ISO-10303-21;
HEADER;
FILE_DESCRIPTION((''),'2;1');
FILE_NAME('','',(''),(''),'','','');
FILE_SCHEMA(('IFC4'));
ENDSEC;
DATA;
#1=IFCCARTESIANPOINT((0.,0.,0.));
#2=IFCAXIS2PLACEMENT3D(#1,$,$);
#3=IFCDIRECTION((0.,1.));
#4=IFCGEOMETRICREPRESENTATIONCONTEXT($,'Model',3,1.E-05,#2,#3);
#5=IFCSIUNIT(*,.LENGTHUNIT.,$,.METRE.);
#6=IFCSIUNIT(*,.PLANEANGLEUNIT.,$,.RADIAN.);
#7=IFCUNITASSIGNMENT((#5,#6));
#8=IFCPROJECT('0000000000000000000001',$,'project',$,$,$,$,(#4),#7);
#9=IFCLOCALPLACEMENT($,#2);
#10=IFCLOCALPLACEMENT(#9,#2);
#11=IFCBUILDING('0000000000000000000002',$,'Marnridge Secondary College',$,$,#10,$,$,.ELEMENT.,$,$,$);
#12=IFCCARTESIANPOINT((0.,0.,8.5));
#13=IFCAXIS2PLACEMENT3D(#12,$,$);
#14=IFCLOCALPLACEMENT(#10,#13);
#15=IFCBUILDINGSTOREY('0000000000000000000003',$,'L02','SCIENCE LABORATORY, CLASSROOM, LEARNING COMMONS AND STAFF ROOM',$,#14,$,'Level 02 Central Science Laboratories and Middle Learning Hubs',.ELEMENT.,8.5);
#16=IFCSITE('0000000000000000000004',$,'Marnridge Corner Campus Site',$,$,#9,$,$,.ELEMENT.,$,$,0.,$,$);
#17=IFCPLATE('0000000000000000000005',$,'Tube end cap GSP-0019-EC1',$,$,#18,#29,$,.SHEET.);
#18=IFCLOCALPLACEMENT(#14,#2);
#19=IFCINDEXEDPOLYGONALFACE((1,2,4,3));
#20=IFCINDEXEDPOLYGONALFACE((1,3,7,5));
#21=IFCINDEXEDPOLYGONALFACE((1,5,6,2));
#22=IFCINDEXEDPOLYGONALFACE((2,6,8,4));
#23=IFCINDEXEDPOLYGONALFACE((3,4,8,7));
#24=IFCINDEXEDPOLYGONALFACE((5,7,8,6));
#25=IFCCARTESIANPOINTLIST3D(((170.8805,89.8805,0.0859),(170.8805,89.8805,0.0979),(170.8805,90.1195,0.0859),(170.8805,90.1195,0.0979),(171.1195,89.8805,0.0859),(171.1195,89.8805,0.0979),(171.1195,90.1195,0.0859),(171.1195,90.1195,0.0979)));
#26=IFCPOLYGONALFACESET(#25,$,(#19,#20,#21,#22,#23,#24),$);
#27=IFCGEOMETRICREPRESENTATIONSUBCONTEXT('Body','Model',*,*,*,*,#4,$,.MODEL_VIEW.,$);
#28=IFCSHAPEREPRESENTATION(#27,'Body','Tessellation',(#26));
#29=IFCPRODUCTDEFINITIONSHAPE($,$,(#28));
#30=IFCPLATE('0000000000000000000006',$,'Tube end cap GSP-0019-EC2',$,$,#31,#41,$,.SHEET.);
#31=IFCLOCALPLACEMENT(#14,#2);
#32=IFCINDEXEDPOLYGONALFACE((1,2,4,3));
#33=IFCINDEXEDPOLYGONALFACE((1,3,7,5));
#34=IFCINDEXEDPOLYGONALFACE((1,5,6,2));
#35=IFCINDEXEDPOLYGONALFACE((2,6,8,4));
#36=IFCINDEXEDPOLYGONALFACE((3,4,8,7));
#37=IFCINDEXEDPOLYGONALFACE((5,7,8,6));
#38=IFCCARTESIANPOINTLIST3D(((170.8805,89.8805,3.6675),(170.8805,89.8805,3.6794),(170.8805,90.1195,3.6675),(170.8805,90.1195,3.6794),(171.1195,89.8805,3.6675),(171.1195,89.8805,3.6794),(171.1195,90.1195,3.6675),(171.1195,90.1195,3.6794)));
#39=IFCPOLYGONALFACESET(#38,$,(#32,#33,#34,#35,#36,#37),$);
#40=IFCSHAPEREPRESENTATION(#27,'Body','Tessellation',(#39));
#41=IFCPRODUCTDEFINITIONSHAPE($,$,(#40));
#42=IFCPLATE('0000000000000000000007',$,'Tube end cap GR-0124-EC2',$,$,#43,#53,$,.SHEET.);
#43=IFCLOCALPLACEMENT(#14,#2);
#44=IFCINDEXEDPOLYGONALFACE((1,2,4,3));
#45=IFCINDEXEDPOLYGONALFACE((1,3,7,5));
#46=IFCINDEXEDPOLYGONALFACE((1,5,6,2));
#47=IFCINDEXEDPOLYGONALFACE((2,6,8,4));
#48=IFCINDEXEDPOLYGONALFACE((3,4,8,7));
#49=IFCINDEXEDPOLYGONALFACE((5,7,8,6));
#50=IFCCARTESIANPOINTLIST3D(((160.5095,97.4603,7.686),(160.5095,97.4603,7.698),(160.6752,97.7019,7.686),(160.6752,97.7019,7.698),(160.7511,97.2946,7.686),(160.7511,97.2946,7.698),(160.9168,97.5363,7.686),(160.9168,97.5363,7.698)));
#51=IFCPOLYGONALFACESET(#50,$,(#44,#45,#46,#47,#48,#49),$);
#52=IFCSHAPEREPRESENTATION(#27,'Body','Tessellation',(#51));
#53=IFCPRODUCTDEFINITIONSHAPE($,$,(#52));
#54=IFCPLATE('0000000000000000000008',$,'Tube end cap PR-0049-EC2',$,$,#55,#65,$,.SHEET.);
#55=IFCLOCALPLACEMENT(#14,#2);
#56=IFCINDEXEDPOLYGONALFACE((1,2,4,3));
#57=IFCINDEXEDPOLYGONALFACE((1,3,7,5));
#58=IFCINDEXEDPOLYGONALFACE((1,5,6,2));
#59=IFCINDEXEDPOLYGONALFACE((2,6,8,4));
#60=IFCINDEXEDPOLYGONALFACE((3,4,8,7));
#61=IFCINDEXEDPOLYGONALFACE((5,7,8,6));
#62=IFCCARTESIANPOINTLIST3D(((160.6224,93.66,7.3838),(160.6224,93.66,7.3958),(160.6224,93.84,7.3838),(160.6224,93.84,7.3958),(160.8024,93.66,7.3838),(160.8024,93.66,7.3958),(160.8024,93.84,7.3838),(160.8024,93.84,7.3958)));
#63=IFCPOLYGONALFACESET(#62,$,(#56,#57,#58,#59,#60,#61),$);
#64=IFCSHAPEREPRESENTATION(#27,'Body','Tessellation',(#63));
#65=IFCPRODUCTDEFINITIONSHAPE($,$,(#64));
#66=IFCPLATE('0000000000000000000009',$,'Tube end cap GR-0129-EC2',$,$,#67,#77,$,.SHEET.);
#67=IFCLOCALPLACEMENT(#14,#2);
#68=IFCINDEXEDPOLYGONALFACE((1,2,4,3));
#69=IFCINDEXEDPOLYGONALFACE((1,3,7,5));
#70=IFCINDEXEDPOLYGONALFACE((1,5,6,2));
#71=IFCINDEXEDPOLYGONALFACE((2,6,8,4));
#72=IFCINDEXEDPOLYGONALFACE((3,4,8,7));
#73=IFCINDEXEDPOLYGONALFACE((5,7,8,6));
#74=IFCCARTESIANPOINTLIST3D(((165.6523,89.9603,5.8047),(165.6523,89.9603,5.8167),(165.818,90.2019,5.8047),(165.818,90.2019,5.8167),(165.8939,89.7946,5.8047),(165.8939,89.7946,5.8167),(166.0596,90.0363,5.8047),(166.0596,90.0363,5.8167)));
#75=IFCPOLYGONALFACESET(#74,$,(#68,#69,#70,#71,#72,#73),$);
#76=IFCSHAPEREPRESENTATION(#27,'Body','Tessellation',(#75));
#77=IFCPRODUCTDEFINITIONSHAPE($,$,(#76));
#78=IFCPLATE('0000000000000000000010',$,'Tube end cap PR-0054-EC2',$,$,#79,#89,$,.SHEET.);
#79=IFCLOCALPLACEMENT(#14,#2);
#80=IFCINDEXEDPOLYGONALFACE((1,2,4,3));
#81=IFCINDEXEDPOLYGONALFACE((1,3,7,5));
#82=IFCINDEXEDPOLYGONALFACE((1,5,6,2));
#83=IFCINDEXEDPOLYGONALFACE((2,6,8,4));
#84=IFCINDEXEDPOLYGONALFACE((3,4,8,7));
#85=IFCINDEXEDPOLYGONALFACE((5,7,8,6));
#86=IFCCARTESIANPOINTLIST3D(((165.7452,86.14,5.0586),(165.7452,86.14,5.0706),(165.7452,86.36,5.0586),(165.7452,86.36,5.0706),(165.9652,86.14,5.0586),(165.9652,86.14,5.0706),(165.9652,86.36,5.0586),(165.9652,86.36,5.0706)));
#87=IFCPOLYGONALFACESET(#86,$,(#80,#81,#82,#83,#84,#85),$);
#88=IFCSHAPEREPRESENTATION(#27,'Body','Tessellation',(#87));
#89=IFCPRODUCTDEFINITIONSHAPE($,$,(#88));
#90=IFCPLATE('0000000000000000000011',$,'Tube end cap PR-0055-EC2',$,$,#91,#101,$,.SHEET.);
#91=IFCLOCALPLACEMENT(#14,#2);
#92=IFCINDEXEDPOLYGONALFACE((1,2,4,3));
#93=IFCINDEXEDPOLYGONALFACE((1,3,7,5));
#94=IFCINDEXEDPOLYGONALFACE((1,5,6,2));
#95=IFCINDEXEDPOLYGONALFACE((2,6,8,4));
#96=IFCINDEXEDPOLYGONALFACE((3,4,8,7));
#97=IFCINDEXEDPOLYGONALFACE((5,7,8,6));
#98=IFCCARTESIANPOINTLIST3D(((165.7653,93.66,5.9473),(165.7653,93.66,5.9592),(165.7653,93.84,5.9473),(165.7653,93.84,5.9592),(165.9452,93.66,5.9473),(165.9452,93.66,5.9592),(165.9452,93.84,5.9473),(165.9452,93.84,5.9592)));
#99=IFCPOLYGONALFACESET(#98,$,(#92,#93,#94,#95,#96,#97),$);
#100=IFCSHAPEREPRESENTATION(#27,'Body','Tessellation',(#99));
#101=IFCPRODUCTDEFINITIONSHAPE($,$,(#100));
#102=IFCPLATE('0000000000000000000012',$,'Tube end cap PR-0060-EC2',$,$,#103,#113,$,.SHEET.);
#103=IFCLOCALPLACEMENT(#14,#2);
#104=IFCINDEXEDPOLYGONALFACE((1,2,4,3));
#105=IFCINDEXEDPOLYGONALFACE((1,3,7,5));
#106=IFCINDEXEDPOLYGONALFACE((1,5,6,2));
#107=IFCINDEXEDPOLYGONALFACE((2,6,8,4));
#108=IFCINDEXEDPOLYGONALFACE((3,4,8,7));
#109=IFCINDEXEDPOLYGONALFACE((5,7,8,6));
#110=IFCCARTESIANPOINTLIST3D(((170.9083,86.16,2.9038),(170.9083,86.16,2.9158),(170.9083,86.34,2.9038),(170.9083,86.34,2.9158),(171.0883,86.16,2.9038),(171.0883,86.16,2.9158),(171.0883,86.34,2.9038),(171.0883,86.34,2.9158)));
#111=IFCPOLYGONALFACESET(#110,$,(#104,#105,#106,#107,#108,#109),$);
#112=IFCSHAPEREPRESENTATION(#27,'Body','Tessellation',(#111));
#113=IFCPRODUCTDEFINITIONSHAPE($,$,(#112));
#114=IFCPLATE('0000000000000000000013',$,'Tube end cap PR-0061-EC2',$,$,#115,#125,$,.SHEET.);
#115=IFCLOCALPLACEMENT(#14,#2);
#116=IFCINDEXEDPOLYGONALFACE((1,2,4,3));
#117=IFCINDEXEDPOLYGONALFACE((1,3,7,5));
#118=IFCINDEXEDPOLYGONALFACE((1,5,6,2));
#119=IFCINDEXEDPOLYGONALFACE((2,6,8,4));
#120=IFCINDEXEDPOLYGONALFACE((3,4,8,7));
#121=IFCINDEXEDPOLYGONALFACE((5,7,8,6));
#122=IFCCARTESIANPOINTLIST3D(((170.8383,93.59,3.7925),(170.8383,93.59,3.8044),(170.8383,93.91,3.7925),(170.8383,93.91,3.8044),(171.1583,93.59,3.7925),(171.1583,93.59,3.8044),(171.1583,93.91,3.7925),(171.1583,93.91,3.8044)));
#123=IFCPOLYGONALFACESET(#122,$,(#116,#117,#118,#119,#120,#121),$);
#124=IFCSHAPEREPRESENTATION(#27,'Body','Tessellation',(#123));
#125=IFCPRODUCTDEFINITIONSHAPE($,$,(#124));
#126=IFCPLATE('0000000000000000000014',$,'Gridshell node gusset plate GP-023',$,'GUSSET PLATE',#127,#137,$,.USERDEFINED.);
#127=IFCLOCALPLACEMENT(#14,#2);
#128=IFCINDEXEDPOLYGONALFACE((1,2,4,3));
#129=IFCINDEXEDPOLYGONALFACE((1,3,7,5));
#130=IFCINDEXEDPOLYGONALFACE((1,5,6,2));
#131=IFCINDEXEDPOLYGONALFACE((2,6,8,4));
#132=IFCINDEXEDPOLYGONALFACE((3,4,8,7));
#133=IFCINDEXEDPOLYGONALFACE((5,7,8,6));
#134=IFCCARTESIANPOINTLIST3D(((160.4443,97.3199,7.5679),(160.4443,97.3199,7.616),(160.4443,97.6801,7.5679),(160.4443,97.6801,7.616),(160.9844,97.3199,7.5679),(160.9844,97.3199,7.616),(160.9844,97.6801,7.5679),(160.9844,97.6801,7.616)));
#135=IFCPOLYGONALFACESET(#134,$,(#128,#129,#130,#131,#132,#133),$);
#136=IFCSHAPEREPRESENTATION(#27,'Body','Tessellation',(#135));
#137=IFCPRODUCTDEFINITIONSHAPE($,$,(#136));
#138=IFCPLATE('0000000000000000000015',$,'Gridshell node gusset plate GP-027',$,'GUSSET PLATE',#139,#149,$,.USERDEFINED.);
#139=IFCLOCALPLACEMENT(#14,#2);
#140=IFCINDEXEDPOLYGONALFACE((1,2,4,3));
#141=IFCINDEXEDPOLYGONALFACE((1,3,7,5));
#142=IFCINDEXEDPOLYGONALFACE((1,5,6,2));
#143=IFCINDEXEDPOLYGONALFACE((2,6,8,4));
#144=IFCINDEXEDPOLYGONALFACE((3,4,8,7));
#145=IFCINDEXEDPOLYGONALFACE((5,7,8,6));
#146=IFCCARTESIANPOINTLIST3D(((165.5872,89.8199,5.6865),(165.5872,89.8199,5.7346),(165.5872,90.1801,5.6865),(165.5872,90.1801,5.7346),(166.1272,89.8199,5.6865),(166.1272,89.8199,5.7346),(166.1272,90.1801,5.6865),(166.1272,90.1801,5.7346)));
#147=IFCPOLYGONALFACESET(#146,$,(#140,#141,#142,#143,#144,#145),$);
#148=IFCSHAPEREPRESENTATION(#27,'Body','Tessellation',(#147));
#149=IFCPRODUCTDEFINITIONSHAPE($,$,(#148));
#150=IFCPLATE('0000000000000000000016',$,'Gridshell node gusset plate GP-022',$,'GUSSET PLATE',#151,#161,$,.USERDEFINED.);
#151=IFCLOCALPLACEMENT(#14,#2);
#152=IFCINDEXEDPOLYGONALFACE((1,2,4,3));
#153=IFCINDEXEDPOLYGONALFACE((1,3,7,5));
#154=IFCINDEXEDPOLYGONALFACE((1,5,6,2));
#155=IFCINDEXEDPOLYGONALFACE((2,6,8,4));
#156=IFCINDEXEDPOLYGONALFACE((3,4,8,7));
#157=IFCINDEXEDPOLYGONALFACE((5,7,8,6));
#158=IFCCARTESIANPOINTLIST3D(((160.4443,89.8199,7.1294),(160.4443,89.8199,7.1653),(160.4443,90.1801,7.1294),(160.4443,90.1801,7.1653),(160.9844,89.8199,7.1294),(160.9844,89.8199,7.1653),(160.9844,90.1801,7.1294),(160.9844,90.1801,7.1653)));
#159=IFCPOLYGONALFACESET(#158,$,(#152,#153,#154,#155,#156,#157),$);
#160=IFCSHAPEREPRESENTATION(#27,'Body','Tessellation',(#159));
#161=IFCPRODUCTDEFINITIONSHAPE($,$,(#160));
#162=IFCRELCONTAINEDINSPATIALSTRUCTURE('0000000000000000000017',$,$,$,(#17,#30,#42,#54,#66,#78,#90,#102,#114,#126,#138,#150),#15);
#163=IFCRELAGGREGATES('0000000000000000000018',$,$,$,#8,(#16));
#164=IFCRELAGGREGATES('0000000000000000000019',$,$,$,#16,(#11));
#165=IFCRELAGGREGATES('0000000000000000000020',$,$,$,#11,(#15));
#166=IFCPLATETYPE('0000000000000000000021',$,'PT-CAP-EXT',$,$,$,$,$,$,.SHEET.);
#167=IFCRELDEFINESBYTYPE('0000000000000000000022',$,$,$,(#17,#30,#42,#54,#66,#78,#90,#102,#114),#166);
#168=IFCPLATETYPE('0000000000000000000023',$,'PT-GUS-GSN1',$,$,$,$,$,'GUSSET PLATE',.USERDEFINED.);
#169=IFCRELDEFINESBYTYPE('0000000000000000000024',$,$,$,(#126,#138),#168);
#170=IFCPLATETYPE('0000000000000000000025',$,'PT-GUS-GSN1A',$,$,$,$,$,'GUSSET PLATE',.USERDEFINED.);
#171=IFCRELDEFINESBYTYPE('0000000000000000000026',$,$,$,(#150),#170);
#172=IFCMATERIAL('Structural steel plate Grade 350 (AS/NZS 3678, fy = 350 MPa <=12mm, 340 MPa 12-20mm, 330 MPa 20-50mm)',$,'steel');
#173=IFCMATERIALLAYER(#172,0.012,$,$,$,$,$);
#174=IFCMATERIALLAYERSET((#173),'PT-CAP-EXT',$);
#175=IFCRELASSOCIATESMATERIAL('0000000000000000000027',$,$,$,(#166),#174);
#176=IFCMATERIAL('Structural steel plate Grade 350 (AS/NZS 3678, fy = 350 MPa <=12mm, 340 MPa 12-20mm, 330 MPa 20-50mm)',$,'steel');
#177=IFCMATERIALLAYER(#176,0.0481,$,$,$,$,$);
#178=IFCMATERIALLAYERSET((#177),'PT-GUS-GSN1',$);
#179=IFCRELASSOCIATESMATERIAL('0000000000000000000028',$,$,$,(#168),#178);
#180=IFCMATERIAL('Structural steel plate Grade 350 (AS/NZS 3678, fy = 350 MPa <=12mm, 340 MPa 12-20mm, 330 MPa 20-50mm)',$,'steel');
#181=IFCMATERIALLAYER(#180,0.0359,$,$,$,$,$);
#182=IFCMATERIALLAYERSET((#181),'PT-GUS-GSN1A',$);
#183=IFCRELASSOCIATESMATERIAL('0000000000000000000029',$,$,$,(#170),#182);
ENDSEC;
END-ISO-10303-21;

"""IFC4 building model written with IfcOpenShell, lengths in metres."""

from ifc_helpers import new_model, si_unit, direction, frame, origin, origin_2d, place, context, subcontext, project, spatial, rectangle, extrude, material, layer, layer_set, type_object, element, save


model = new_model("IFC4")

# Units and contexts
model_context = context("Model", 3, precision=1e-05, world=origin(), true_north=direction((0.0, 1.0)))
body_context = subcontext(model_context, "Body", "Model", "MODEL_VIEW")
ifc_project = project(units=[si_unit("LENGTHUNIT", "METRE"), si_unit("PLANEANGLEUNIT", "RADIAN")], contexts=[model_context])

# Site, building, storey
site_placement = place(None, origin())
site = spatial("IfcSite", under=ifc_project, at=site_placement, Name="Marnridge Corner Campus Site", CompositionType="ELEMENT", RefElevation=0.0)
building_placement = place(site_placement, origin())
building = spatial("IfcBuilding", under=site, at=building_placement, Name="Marnridge Secondary College", CompositionType="ELEMENT")
storey_placement = place(building_placement, frame((0.0, 0.0, 8.5)))
storey = spatial("IfcBuildingStorey", under=building, at=storey_placement, Name="L02", Description="SCIENCE LABORATORY, CLASSROOM, LEARNING COMMONS AND STAFF ROOM", LongName="Level 02 Central Science Laboratories and Middle Learning Hubs", CompositionType="ELEMENT", Elevation=8.5)

# Plates
ifc_material_1 = material(Name="Structural steel plate Grade 350 (AS/NZS 3678, fy = 350 MPa <=12mm, 340 MPa 12-20mm, 330 MPa 20-50mm)", Category="steel")
ifc_layer_1 = layer(ifc_material_1, 0.012)
ifc_layer_set_1 = layer_set([ifc_layer_1], Name="PT-CAP-EXT")
plate_type_1 = type_object("IfcPlateType", Name="PT-CAP-EXT", PredefinedType="SHEET", material=ifc_layer_set_1)
for number, where, z_axis, x_axis, name in (
    (1, (171.0, 90.0, 0.0859), (0.0, 0.0, 1.0), (1.0, 0.0, 0.0), "Tube end cap GSP-0019-EC1"),
    (2, (171.0, 90.0, 3.6675), (0.0, 0.0, 1.0), (1.0, 0.0, 0.0), "Tube end cap GSP-0019-EC2"),
):
    element("IfcPlate", number, at=place(storey_placement, frame(where, z_axis=z_axis, x_axis=x_axis)), inside=storey, type_object=plate_type_1, Name=name, PredefinedType="SHEET", context=body_context, shape_type="SweptSolid", body=[
        extrude(rectangle(XDim=0.239, YDim=0.239, at=origin_2d()), origin(), (0.0, 0.0, 1.0), 0.012),
    ])
plate_1_placement = place(storey_placement, frame((160.7131, 97.4983, 7.686), z_axis=(0.0, 0.0, 1.0), x_axis=(0.565543, 0.824719, 0.0)))
element("IfcPlate", 3, at=plate_1_placement, inside=storey, type_object=plate_type_1, Name="Tube end cap GR-0124-EC2", PredefinedType="SHEET", context=body_context, shape_type="SweptSolid", body=[
    extrude(rectangle(XDim=0.293, YDim=0.293, at=origin_2d()), origin(), (0.0, 0.0, 1.0), 0.012),
])
plate_2_placement = place(storey_placement, frame((160.7124, 93.75, 7.3838), z_axis=(0.0, 0.0, 1.0), x_axis=(1.0, 0.0, 0.0)))
element("IfcPlate", 4, at=plate_2_placement, inside=storey, type_object=plate_type_1, Name="Tube end cap PR-0049-EC2", PredefinedType="SHEET", context=body_context, shape_type="SweptSolid", body=[
    extrude(rectangle(XDim=0.1799, YDim=0.1799, at=origin_2d()), origin(), (0.0, 0.0, 1.0), 0.012),
])
plate_3_placement = place(storey_placement, frame((165.856, 89.9983, 5.8047), z_axis=(0.0, 0.0, 1.0), x_axis=(0.565543, 0.824719, 0.0)))
element("IfcPlate", 5, at=plate_3_placement, inside=storey, type_object=plate_type_1, Name="Tube end cap GR-0129-EC2", PredefinedType="SHEET", context=body_context, shape_type="SweptSolid", body=[
    extrude(rectangle(XDim=0.293, YDim=0.293, at=origin_2d()), origin(), (0.0, 0.0, 1.0), 0.012),
])
plate_4_placement = place(storey_placement, frame((165.8552, 86.25, 5.0586), z_axis=(0.0, 0.0, 1.0), x_axis=(1.0, 0.0, 0.0)))
element("IfcPlate", 6, at=plate_4_placement, inside=storey, type_object=plate_type_1, Name="Tube end cap PR-0054-EC2", PredefinedType="SHEET", context=body_context, shape_type="SweptSolid", body=[
    extrude(rectangle(XDim=0.22, YDim=0.22, at=origin_2d()), origin(), (0.0, 0.0, 1.0), 0.012),
])
for number, where, z_axis, x_axis, name in (
    (7, (165.8552, 93.75, 5.9473), (0.0, 0.0, 1.0), (1.0, 0.0, 0.0), "Tube end cap PR-0055-EC2"),
    (8, (170.9983, 86.25, 2.9038), (0.0, 0.0, 1.0), (1.0, 0.0, 0.0), "Tube end cap PR-0060-EC2"),
):
    element("IfcPlate", number, at=place(storey_placement, frame(where, z_axis=z_axis, x_axis=x_axis)), inside=storey, type_object=plate_type_1, Name=name, PredefinedType="SHEET", context=body_context, shape_type="SweptSolid", body=[
        extrude(rectangle(XDim=0.1799, YDim=0.1799, at=origin_2d()), origin(), (0.0, 0.0, 1.0), 0.012),
    ])
plate_5_placement = place(storey_placement, frame((170.9983, 93.75, 3.7925), z_axis=(0.0, 0.0, 1.0), x_axis=(1.0, 0.0, 0.0)))
element("IfcPlate", 9, at=plate_5_placement, inside=storey, type_object=plate_type_1, Name="Tube end cap PR-0061-EC2", PredefinedType="SHEET", context=body_context, shape_type="SweptSolid", body=[
    extrude(rectangle(XDim=0.3201, YDim=0.3201, at=origin_2d()), origin(), (0.0, 0.0, 1.0), 0.012),
])
ifc_material_2 = material(Name="Structural steel plate Grade 350 (AS/NZS 3678, fy = 350 MPa <=12mm, 340 MPa 12-20mm, 330 MPa 20-50mm)", Category="steel")
ifc_layer_2 = layer(ifc_material_2, 0.0481)
ifc_layer_set_2 = layer_set([ifc_layer_2], Name="PT-GUS-GSN1")
plate_type_2 = type_object("IfcPlateType", Name="PT-GUS-GSN1", ElementType="GUSSET PLATE", PredefinedType="USERDEFINED", material=ifc_layer_set_2)
for number, where, z_axis, x_axis, name in (
    (10, (160.7144, 97.5, 7.5679), (0.0, 0.0, 1.0), (1.0, 0.0, 0.0), "Gridshell node gusset plate GP-023"),
    (11, (165.8572, 90.0, 5.6865), (0.0, 0.0, 1.0), (1.0, 0.0, 0.0), "Gridshell node gusset plate GP-027"),
):
    element("IfcPlate", number, at=place(storey_placement, frame(where, z_axis=z_axis, x_axis=x_axis)), inside=storey, type_object=plate_type_2, Name=name, ObjectType="GUSSET PLATE", PredefinedType="USERDEFINED", context=body_context, shape_type="SweptSolid", body=[
        extrude(rectangle(XDim=0.54, YDim=0.3601, at=origin_2d()), origin(), (0.0, 0.0, 1.0), 0.0481),
    ])
ifc_material_3 = material(Name="Structural steel plate Grade 350 (AS/NZS 3678, fy = 350 MPa <=12mm, 340 MPa 12-20mm, 330 MPa 20-50mm)", Category="steel")
ifc_layer_3 = layer(ifc_material_3, 0.0359)
ifc_layer_set_3 = layer_set([ifc_layer_3], Name="PT-GUS-GSN1A")
plate_type_3 = type_object("IfcPlateType", Name="PT-GUS-GSN1A", ElementType="GUSSET PLATE", PredefinedType="USERDEFINED", material=ifc_layer_set_3)
plate_6_placement = place(storey_placement, frame((160.7144, 90.0, 7.1294), z_axis=(0.0, 0.0, 1.0), x_axis=(1.0, 0.0, 0.0)))
element("IfcPlate", 12, at=plate_6_placement, inside=storey, type_object=plate_type_3, Name="Gridshell node gusset plate GP-022", ObjectType="GUSSET PLATE", PredefinedType="USERDEFINED", context=body_context, shape_type="SweptSolid", body=[
    extrude(rectangle(XDim=0.54, YDim=0.3601, at=origin_2d()), origin(), (0.0, 0.0, 1.0), 0.0359),
])

save(model, "model.ifc")
